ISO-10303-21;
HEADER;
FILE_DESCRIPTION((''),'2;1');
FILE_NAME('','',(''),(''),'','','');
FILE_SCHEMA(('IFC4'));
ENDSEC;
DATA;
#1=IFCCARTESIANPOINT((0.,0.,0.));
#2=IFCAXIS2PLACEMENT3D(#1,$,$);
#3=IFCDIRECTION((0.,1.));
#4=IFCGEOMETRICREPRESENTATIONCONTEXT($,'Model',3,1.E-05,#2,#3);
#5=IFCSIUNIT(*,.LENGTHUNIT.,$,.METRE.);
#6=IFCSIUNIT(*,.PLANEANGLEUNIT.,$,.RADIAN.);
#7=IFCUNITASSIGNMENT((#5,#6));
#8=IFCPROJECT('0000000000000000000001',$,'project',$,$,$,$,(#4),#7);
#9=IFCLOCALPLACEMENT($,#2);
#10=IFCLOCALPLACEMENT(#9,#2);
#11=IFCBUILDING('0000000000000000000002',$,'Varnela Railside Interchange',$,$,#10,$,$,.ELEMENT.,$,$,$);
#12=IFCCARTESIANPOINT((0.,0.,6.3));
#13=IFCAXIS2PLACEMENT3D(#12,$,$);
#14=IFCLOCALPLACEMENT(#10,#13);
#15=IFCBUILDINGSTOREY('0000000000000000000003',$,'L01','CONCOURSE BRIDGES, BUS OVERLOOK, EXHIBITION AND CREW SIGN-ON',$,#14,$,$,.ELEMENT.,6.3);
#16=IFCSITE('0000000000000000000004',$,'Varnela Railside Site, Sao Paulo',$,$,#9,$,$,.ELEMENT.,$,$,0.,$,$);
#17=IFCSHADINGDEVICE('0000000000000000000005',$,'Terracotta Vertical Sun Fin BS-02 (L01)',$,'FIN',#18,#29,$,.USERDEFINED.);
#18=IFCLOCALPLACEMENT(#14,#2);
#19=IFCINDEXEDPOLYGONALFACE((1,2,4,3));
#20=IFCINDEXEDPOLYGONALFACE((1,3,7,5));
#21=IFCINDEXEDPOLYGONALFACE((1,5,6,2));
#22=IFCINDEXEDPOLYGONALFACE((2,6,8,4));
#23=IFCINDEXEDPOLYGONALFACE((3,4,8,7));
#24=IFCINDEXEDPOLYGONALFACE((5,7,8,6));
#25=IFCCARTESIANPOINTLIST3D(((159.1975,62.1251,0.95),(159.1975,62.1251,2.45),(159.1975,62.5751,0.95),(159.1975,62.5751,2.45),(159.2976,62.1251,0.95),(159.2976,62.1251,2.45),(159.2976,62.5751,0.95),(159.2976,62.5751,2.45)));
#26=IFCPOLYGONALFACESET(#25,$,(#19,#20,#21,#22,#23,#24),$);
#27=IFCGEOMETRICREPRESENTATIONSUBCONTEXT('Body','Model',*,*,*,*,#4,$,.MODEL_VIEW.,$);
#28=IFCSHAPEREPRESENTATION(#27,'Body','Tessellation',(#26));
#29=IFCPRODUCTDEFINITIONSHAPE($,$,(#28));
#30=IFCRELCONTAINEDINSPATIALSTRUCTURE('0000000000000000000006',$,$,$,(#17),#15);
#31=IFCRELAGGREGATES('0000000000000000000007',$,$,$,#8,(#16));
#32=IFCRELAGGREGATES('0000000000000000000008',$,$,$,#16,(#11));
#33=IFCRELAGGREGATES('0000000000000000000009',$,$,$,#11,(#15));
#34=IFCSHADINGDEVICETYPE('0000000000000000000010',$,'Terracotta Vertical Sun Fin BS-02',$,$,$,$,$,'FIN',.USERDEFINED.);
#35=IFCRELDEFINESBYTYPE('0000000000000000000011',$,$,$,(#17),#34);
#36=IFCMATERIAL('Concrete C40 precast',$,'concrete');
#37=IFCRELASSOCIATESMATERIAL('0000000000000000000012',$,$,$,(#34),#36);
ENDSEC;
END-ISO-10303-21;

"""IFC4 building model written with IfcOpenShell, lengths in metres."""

from ifc_helpers import new_model, si_unit, direction, frame, origin, origin_2d, place, context, subcontext, project, spatial, rectangle, extrude, material, type_object, element, save


model = new_model("IFC4")

# Units and contexts
model_context = context("Model", 3, precision=1e-05, world=origin(), true_north=direction((0.0, 1.0)))
body_context = subcontext(model_context, "Body", "Model", "MODEL_VIEW")
ifc_project = project(units=[si_unit("LENGTHUNIT", "METRE"), si_unit("PLANEANGLEUNIT", "RADIAN")], contexts=[model_context])

# Site, building, storey
site_placement = place(None, origin())
site = spatial("IfcSite", under=ifc_project, at=site_placement, Name="Varnela Railside Site, Sao Paulo", CompositionType="ELEMENT", RefElevation=0.0)
building_placement = place(site_placement, origin())
building = spatial("IfcBuilding", under=site, at=building_placement, Name="Varnela Railside Interchange", CompositionType="ELEMENT")
storey_placement = place(building_placement, frame((0.0, 0.0, 6.3)))
storey = spatial("IfcBuildingStorey", under=building, at=storey_placement, Name="L01", Description="CONCOURSE BRIDGES, BUS OVERLOOK, EXHIBITION AND CREW SIGN-ON", CompositionType="ELEMENT", Elevation=6.3)

# Shared definitions
ifc_material_1 = material(Name="Concrete C40 precast", Category="concrete")

# Shading device
shading_device_type = type_object("IfcShadingDeviceType", Name="Terracotta Vertical Sun Fin BS-02", ElementType="FIN", PredefinedType="USERDEFINED", material=ifc_material_1)
shading_device_placement = place(storey_placement, frame((159.2476, 62.3501, 0.95), z_axis=(0.0, 0.0, 1.0), x_axis=(0.0, 1.0, 0.0)))
element("IfcShadingDevice", 1, at=shading_device_placement, inside=storey, type_object=shading_device_type, Name="Terracotta Vertical Sun Fin BS-02 (L01)", ObjectType="FIN", PredefinedType="USERDEFINED", context=body_context, shape_type="SweptSolid", body=[
    extrude(rectangle(XDim=0.45, YDim=0.1001, at=origin_2d()), origin(), (0.0, 0.0, 1.0), 1.5),
])

save(model, "model.ifc")
